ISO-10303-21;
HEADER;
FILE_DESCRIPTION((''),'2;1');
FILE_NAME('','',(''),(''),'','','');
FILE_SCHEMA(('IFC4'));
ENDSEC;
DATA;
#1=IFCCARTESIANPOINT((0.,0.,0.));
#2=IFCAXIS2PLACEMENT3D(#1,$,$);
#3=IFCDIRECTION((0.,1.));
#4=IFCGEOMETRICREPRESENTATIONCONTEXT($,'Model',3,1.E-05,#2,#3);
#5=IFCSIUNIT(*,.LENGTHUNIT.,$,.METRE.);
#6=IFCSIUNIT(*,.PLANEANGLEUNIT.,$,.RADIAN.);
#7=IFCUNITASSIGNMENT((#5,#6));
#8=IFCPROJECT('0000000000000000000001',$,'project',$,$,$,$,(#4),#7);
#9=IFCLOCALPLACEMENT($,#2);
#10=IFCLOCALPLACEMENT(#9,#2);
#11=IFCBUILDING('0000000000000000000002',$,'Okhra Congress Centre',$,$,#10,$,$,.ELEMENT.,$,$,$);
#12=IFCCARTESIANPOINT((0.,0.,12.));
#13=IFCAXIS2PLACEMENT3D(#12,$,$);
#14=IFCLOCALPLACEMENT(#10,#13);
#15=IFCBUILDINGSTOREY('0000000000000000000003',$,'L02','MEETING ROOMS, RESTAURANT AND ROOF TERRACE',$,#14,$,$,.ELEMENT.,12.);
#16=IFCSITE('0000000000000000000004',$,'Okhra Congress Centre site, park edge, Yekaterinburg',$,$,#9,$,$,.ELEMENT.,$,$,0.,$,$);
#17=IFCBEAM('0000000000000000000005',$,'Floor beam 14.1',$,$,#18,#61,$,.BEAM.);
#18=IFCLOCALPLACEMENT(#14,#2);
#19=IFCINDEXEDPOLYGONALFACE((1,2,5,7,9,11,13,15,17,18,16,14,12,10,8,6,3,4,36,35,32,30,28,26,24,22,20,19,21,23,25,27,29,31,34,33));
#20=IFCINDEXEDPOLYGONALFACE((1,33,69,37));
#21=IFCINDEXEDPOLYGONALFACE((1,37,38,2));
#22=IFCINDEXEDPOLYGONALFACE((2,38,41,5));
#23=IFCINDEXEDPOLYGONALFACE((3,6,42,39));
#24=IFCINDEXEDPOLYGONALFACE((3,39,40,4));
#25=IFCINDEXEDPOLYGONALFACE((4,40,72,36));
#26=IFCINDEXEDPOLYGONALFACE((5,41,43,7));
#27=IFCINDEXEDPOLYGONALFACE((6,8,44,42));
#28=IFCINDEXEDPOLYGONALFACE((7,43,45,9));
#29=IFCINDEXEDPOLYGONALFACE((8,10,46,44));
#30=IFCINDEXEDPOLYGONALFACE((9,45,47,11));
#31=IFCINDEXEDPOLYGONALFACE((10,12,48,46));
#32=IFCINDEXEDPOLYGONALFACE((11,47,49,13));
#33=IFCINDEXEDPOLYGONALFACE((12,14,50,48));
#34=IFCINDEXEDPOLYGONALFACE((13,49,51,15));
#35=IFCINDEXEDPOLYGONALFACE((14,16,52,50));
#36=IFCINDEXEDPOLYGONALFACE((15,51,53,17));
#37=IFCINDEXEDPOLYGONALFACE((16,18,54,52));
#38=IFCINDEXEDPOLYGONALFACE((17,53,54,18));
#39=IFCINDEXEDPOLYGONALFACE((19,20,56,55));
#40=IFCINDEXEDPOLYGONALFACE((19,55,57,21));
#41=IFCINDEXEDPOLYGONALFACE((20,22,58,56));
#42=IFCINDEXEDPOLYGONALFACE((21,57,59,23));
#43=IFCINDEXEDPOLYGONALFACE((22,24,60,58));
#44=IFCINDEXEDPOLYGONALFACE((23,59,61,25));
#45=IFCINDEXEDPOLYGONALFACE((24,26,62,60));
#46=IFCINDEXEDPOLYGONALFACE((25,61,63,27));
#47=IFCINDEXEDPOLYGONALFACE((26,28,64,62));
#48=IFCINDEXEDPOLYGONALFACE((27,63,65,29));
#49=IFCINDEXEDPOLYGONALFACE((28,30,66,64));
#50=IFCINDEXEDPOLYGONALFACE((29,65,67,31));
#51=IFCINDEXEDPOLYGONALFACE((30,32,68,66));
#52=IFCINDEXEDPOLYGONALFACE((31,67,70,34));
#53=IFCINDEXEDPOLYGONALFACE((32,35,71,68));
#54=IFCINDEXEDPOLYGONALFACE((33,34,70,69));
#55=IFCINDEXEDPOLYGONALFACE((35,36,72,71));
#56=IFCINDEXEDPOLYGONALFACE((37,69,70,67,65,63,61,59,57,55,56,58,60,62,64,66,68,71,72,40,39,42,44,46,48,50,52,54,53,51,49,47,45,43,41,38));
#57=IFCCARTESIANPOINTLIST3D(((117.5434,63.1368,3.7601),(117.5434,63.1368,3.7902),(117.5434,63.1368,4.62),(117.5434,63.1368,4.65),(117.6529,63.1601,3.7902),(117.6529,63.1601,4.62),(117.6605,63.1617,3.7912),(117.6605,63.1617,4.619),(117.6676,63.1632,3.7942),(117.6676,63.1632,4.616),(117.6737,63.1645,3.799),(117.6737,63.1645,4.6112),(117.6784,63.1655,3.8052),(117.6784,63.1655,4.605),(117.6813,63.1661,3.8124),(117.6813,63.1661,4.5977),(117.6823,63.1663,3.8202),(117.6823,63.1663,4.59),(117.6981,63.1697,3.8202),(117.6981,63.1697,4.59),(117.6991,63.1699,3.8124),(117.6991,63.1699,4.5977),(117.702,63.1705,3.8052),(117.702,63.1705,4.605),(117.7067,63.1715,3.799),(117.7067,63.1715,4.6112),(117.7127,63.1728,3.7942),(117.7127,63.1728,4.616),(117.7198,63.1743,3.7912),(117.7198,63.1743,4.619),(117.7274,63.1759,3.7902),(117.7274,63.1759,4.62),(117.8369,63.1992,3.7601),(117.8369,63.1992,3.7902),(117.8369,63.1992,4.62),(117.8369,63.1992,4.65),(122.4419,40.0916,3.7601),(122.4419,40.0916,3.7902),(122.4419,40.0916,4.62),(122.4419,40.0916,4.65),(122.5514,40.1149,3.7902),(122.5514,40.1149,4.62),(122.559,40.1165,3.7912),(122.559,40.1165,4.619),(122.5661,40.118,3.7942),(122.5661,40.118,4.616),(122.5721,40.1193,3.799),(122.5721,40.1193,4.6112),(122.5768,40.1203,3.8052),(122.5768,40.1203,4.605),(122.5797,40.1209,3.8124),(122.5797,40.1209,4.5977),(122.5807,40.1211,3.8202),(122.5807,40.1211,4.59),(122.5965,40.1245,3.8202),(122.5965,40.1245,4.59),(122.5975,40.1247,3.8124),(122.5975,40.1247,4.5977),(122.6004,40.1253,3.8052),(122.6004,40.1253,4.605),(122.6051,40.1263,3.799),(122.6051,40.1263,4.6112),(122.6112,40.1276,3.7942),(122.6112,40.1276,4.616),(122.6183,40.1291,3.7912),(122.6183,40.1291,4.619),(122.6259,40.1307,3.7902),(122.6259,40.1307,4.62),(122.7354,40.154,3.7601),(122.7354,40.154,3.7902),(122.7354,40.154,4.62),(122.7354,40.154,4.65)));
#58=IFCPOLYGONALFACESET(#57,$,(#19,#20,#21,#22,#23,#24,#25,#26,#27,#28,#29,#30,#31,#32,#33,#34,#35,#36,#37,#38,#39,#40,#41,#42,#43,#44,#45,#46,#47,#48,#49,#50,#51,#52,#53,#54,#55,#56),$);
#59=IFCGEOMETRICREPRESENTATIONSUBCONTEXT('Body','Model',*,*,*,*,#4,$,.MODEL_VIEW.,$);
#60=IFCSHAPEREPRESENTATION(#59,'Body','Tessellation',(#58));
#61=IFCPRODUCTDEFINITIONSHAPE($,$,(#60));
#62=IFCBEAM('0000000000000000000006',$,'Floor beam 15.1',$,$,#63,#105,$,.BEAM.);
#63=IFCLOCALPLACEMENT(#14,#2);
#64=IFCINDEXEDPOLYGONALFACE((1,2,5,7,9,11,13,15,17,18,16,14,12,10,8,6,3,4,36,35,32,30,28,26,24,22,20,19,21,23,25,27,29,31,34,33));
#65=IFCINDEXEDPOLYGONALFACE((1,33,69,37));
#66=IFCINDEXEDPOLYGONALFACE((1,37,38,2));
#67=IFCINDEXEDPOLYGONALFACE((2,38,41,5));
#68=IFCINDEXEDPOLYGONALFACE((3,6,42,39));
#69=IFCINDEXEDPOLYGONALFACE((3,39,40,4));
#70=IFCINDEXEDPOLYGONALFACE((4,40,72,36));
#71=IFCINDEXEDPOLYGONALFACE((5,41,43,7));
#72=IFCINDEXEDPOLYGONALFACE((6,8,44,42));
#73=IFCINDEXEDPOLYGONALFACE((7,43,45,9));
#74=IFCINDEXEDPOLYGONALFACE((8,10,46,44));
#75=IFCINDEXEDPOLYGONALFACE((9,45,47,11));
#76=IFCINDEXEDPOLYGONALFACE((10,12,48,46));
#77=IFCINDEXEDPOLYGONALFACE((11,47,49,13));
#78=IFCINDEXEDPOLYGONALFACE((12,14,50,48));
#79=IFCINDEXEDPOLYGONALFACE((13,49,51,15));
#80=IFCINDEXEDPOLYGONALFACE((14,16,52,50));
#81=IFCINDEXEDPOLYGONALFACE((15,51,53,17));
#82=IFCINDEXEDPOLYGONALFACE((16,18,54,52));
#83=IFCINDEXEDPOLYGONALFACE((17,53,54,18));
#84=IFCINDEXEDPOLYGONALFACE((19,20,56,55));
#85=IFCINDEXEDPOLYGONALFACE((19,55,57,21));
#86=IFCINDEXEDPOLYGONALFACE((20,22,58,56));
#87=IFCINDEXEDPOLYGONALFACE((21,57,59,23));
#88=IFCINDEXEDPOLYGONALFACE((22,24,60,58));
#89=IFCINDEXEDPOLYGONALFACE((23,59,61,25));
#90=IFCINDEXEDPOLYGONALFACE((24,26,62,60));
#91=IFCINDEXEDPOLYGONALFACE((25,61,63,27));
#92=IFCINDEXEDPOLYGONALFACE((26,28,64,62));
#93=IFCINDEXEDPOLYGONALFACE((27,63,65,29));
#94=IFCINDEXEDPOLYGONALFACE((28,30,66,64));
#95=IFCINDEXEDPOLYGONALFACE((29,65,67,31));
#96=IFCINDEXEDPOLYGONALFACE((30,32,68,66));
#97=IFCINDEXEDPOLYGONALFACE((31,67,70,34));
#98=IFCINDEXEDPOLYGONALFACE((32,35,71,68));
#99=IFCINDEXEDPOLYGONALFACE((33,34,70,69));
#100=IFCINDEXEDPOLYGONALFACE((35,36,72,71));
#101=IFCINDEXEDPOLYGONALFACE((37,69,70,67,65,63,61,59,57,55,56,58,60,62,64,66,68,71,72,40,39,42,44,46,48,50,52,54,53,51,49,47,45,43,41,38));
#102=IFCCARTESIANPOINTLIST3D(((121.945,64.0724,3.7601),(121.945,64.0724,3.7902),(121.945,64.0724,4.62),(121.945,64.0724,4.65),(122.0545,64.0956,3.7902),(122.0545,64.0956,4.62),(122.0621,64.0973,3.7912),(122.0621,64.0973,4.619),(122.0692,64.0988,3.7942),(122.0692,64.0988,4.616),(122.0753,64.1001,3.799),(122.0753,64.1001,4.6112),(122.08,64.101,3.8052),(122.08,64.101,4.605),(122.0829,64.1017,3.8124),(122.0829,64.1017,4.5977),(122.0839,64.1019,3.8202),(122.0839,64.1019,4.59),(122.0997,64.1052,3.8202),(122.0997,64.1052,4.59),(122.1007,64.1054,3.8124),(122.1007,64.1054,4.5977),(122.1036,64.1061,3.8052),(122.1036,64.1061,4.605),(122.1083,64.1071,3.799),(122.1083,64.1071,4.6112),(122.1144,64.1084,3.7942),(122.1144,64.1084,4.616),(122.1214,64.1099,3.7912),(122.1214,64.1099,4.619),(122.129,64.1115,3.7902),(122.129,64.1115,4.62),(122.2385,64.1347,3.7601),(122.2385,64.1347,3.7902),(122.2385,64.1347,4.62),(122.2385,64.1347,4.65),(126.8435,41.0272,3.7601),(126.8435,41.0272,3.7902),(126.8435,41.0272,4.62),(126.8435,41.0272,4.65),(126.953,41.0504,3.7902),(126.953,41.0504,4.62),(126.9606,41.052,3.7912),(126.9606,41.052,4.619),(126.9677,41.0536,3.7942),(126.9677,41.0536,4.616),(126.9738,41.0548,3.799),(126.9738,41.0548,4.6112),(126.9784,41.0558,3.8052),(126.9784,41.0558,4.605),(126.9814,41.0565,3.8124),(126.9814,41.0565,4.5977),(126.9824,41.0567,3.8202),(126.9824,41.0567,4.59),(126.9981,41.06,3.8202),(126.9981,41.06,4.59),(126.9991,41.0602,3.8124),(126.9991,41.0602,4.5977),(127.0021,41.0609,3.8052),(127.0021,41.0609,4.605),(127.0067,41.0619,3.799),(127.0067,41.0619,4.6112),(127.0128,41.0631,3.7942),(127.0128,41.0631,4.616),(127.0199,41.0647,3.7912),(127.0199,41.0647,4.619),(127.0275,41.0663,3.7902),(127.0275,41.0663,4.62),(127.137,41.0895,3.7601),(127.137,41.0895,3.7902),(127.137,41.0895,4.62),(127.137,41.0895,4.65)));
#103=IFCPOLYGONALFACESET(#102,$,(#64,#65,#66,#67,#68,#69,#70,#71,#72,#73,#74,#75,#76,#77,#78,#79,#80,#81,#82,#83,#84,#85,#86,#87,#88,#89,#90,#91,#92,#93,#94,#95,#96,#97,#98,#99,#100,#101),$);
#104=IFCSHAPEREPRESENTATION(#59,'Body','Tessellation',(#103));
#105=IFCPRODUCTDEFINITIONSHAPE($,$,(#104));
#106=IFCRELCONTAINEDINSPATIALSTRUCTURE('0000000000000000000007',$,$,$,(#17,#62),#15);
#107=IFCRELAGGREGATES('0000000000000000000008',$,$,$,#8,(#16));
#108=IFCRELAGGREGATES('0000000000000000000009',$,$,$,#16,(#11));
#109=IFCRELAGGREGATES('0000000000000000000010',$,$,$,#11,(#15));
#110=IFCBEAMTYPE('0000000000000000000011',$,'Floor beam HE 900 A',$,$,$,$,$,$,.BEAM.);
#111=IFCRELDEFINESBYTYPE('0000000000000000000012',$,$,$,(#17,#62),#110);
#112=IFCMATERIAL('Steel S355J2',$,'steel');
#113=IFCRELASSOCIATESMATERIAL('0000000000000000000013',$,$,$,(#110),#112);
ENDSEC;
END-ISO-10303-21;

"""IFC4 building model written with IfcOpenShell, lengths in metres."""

from ifc_helpers import new_model, si_unit, direction, frame, origin, origin_2d, place, context, subcontext, project, spatial, i_section, extrude, material, material_profile, profile_set, type_object, element, save


model = new_model("IFC4")

# Units and contexts
model_context = context("Model", 3, precision=1e-05, world=origin(), true_north=direction((0.0, 1.0)))
body_context = subcontext(model_context, "Body", "Model", "MODEL_VIEW")
ifc_project = project(units=[si_unit("LENGTHUNIT", "METRE"), si_unit("PLANEANGLEUNIT", "RADIAN")], contexts=[model_context])

# Site, building, storey
site_placement = place(None, origin())
site = spatial("IfcSite", under=ifc_project, at=site_placement, Name="Okhra Congress Centre site, park edge, Yekaterinburg", CompositionType="ELEMENT", RefElevation=0.0)
building_placement = place(site_placement, origin())
building = spatial("IfcBuilding", under=site, at=building_placement, Name="Okhra Congress Centre", CompositionType="ELEMENT")
storey_placement = place(building_placement, frame((0.0, 0.0, 12.0)))
storey = spatial("IfcBuildingStorey", under=building, at=storey_placement, Name="L02", Description="MEETING ROOMS, RESTAURANT AND ROOF TERRACE", CompositionType="ELEMENT", Elevation=12.0)

# Shared definitions
ifc_material_1 = material(Name="Steel S355J2", Category="steel")

# Beams
ifc_material_profile_1 = material_profile(ifc_material_1, i_section(OverallWidth=0.3, OverallDepth=0.8899, WebThickness=0.0161, FlangeThickness=0.03, FilletRadius=0.03, at=origin_2d()), Name="HE 900 A")
ifc_profile_set_1 = profile_set([ifc_material_profile_1], Name="Steel S355J2")
beam_type_1 = type_object("IfcBeamType", Name="Floor beam HE 900 A", PredefinedType="BEAM", material=ifc_profile_set_1)
for number, where, z_axis, x_axis, name in (
    (1, (122.5886, 40.1228, 4.2051), (-0.207913, 0.978147, 0.0), (-0.978147, -0.207913, 0.0), "Floor beam 14.1"),
    (2, (126.9902, 41.0583, 4.2051), (-0.207913, 0.978147, 0.0), (-0.978147, -0.207913, 0.0), "Floor beam 15.1"),
):
    element("IfcBeam", number, at=place(storey_placement, frame(where, z_axis=z_axis, x_axis=x_axis)), inside=storey, type_object=beam_type_1, Name=name, PredefinedType="BEAM", context=body_context, shape_type="SweptSolid", body=[
        extrude(i_section(OverallWidth=0.3, OverallDepth=0.8899, WebThickness=0.0161, FlangeThickness=0.03, FilletRadius=0.03, at=origin_2d()), origin(), (0.0, 0.0, 1.0), 23.5601),
    ])

save(model, "model.ifc")
